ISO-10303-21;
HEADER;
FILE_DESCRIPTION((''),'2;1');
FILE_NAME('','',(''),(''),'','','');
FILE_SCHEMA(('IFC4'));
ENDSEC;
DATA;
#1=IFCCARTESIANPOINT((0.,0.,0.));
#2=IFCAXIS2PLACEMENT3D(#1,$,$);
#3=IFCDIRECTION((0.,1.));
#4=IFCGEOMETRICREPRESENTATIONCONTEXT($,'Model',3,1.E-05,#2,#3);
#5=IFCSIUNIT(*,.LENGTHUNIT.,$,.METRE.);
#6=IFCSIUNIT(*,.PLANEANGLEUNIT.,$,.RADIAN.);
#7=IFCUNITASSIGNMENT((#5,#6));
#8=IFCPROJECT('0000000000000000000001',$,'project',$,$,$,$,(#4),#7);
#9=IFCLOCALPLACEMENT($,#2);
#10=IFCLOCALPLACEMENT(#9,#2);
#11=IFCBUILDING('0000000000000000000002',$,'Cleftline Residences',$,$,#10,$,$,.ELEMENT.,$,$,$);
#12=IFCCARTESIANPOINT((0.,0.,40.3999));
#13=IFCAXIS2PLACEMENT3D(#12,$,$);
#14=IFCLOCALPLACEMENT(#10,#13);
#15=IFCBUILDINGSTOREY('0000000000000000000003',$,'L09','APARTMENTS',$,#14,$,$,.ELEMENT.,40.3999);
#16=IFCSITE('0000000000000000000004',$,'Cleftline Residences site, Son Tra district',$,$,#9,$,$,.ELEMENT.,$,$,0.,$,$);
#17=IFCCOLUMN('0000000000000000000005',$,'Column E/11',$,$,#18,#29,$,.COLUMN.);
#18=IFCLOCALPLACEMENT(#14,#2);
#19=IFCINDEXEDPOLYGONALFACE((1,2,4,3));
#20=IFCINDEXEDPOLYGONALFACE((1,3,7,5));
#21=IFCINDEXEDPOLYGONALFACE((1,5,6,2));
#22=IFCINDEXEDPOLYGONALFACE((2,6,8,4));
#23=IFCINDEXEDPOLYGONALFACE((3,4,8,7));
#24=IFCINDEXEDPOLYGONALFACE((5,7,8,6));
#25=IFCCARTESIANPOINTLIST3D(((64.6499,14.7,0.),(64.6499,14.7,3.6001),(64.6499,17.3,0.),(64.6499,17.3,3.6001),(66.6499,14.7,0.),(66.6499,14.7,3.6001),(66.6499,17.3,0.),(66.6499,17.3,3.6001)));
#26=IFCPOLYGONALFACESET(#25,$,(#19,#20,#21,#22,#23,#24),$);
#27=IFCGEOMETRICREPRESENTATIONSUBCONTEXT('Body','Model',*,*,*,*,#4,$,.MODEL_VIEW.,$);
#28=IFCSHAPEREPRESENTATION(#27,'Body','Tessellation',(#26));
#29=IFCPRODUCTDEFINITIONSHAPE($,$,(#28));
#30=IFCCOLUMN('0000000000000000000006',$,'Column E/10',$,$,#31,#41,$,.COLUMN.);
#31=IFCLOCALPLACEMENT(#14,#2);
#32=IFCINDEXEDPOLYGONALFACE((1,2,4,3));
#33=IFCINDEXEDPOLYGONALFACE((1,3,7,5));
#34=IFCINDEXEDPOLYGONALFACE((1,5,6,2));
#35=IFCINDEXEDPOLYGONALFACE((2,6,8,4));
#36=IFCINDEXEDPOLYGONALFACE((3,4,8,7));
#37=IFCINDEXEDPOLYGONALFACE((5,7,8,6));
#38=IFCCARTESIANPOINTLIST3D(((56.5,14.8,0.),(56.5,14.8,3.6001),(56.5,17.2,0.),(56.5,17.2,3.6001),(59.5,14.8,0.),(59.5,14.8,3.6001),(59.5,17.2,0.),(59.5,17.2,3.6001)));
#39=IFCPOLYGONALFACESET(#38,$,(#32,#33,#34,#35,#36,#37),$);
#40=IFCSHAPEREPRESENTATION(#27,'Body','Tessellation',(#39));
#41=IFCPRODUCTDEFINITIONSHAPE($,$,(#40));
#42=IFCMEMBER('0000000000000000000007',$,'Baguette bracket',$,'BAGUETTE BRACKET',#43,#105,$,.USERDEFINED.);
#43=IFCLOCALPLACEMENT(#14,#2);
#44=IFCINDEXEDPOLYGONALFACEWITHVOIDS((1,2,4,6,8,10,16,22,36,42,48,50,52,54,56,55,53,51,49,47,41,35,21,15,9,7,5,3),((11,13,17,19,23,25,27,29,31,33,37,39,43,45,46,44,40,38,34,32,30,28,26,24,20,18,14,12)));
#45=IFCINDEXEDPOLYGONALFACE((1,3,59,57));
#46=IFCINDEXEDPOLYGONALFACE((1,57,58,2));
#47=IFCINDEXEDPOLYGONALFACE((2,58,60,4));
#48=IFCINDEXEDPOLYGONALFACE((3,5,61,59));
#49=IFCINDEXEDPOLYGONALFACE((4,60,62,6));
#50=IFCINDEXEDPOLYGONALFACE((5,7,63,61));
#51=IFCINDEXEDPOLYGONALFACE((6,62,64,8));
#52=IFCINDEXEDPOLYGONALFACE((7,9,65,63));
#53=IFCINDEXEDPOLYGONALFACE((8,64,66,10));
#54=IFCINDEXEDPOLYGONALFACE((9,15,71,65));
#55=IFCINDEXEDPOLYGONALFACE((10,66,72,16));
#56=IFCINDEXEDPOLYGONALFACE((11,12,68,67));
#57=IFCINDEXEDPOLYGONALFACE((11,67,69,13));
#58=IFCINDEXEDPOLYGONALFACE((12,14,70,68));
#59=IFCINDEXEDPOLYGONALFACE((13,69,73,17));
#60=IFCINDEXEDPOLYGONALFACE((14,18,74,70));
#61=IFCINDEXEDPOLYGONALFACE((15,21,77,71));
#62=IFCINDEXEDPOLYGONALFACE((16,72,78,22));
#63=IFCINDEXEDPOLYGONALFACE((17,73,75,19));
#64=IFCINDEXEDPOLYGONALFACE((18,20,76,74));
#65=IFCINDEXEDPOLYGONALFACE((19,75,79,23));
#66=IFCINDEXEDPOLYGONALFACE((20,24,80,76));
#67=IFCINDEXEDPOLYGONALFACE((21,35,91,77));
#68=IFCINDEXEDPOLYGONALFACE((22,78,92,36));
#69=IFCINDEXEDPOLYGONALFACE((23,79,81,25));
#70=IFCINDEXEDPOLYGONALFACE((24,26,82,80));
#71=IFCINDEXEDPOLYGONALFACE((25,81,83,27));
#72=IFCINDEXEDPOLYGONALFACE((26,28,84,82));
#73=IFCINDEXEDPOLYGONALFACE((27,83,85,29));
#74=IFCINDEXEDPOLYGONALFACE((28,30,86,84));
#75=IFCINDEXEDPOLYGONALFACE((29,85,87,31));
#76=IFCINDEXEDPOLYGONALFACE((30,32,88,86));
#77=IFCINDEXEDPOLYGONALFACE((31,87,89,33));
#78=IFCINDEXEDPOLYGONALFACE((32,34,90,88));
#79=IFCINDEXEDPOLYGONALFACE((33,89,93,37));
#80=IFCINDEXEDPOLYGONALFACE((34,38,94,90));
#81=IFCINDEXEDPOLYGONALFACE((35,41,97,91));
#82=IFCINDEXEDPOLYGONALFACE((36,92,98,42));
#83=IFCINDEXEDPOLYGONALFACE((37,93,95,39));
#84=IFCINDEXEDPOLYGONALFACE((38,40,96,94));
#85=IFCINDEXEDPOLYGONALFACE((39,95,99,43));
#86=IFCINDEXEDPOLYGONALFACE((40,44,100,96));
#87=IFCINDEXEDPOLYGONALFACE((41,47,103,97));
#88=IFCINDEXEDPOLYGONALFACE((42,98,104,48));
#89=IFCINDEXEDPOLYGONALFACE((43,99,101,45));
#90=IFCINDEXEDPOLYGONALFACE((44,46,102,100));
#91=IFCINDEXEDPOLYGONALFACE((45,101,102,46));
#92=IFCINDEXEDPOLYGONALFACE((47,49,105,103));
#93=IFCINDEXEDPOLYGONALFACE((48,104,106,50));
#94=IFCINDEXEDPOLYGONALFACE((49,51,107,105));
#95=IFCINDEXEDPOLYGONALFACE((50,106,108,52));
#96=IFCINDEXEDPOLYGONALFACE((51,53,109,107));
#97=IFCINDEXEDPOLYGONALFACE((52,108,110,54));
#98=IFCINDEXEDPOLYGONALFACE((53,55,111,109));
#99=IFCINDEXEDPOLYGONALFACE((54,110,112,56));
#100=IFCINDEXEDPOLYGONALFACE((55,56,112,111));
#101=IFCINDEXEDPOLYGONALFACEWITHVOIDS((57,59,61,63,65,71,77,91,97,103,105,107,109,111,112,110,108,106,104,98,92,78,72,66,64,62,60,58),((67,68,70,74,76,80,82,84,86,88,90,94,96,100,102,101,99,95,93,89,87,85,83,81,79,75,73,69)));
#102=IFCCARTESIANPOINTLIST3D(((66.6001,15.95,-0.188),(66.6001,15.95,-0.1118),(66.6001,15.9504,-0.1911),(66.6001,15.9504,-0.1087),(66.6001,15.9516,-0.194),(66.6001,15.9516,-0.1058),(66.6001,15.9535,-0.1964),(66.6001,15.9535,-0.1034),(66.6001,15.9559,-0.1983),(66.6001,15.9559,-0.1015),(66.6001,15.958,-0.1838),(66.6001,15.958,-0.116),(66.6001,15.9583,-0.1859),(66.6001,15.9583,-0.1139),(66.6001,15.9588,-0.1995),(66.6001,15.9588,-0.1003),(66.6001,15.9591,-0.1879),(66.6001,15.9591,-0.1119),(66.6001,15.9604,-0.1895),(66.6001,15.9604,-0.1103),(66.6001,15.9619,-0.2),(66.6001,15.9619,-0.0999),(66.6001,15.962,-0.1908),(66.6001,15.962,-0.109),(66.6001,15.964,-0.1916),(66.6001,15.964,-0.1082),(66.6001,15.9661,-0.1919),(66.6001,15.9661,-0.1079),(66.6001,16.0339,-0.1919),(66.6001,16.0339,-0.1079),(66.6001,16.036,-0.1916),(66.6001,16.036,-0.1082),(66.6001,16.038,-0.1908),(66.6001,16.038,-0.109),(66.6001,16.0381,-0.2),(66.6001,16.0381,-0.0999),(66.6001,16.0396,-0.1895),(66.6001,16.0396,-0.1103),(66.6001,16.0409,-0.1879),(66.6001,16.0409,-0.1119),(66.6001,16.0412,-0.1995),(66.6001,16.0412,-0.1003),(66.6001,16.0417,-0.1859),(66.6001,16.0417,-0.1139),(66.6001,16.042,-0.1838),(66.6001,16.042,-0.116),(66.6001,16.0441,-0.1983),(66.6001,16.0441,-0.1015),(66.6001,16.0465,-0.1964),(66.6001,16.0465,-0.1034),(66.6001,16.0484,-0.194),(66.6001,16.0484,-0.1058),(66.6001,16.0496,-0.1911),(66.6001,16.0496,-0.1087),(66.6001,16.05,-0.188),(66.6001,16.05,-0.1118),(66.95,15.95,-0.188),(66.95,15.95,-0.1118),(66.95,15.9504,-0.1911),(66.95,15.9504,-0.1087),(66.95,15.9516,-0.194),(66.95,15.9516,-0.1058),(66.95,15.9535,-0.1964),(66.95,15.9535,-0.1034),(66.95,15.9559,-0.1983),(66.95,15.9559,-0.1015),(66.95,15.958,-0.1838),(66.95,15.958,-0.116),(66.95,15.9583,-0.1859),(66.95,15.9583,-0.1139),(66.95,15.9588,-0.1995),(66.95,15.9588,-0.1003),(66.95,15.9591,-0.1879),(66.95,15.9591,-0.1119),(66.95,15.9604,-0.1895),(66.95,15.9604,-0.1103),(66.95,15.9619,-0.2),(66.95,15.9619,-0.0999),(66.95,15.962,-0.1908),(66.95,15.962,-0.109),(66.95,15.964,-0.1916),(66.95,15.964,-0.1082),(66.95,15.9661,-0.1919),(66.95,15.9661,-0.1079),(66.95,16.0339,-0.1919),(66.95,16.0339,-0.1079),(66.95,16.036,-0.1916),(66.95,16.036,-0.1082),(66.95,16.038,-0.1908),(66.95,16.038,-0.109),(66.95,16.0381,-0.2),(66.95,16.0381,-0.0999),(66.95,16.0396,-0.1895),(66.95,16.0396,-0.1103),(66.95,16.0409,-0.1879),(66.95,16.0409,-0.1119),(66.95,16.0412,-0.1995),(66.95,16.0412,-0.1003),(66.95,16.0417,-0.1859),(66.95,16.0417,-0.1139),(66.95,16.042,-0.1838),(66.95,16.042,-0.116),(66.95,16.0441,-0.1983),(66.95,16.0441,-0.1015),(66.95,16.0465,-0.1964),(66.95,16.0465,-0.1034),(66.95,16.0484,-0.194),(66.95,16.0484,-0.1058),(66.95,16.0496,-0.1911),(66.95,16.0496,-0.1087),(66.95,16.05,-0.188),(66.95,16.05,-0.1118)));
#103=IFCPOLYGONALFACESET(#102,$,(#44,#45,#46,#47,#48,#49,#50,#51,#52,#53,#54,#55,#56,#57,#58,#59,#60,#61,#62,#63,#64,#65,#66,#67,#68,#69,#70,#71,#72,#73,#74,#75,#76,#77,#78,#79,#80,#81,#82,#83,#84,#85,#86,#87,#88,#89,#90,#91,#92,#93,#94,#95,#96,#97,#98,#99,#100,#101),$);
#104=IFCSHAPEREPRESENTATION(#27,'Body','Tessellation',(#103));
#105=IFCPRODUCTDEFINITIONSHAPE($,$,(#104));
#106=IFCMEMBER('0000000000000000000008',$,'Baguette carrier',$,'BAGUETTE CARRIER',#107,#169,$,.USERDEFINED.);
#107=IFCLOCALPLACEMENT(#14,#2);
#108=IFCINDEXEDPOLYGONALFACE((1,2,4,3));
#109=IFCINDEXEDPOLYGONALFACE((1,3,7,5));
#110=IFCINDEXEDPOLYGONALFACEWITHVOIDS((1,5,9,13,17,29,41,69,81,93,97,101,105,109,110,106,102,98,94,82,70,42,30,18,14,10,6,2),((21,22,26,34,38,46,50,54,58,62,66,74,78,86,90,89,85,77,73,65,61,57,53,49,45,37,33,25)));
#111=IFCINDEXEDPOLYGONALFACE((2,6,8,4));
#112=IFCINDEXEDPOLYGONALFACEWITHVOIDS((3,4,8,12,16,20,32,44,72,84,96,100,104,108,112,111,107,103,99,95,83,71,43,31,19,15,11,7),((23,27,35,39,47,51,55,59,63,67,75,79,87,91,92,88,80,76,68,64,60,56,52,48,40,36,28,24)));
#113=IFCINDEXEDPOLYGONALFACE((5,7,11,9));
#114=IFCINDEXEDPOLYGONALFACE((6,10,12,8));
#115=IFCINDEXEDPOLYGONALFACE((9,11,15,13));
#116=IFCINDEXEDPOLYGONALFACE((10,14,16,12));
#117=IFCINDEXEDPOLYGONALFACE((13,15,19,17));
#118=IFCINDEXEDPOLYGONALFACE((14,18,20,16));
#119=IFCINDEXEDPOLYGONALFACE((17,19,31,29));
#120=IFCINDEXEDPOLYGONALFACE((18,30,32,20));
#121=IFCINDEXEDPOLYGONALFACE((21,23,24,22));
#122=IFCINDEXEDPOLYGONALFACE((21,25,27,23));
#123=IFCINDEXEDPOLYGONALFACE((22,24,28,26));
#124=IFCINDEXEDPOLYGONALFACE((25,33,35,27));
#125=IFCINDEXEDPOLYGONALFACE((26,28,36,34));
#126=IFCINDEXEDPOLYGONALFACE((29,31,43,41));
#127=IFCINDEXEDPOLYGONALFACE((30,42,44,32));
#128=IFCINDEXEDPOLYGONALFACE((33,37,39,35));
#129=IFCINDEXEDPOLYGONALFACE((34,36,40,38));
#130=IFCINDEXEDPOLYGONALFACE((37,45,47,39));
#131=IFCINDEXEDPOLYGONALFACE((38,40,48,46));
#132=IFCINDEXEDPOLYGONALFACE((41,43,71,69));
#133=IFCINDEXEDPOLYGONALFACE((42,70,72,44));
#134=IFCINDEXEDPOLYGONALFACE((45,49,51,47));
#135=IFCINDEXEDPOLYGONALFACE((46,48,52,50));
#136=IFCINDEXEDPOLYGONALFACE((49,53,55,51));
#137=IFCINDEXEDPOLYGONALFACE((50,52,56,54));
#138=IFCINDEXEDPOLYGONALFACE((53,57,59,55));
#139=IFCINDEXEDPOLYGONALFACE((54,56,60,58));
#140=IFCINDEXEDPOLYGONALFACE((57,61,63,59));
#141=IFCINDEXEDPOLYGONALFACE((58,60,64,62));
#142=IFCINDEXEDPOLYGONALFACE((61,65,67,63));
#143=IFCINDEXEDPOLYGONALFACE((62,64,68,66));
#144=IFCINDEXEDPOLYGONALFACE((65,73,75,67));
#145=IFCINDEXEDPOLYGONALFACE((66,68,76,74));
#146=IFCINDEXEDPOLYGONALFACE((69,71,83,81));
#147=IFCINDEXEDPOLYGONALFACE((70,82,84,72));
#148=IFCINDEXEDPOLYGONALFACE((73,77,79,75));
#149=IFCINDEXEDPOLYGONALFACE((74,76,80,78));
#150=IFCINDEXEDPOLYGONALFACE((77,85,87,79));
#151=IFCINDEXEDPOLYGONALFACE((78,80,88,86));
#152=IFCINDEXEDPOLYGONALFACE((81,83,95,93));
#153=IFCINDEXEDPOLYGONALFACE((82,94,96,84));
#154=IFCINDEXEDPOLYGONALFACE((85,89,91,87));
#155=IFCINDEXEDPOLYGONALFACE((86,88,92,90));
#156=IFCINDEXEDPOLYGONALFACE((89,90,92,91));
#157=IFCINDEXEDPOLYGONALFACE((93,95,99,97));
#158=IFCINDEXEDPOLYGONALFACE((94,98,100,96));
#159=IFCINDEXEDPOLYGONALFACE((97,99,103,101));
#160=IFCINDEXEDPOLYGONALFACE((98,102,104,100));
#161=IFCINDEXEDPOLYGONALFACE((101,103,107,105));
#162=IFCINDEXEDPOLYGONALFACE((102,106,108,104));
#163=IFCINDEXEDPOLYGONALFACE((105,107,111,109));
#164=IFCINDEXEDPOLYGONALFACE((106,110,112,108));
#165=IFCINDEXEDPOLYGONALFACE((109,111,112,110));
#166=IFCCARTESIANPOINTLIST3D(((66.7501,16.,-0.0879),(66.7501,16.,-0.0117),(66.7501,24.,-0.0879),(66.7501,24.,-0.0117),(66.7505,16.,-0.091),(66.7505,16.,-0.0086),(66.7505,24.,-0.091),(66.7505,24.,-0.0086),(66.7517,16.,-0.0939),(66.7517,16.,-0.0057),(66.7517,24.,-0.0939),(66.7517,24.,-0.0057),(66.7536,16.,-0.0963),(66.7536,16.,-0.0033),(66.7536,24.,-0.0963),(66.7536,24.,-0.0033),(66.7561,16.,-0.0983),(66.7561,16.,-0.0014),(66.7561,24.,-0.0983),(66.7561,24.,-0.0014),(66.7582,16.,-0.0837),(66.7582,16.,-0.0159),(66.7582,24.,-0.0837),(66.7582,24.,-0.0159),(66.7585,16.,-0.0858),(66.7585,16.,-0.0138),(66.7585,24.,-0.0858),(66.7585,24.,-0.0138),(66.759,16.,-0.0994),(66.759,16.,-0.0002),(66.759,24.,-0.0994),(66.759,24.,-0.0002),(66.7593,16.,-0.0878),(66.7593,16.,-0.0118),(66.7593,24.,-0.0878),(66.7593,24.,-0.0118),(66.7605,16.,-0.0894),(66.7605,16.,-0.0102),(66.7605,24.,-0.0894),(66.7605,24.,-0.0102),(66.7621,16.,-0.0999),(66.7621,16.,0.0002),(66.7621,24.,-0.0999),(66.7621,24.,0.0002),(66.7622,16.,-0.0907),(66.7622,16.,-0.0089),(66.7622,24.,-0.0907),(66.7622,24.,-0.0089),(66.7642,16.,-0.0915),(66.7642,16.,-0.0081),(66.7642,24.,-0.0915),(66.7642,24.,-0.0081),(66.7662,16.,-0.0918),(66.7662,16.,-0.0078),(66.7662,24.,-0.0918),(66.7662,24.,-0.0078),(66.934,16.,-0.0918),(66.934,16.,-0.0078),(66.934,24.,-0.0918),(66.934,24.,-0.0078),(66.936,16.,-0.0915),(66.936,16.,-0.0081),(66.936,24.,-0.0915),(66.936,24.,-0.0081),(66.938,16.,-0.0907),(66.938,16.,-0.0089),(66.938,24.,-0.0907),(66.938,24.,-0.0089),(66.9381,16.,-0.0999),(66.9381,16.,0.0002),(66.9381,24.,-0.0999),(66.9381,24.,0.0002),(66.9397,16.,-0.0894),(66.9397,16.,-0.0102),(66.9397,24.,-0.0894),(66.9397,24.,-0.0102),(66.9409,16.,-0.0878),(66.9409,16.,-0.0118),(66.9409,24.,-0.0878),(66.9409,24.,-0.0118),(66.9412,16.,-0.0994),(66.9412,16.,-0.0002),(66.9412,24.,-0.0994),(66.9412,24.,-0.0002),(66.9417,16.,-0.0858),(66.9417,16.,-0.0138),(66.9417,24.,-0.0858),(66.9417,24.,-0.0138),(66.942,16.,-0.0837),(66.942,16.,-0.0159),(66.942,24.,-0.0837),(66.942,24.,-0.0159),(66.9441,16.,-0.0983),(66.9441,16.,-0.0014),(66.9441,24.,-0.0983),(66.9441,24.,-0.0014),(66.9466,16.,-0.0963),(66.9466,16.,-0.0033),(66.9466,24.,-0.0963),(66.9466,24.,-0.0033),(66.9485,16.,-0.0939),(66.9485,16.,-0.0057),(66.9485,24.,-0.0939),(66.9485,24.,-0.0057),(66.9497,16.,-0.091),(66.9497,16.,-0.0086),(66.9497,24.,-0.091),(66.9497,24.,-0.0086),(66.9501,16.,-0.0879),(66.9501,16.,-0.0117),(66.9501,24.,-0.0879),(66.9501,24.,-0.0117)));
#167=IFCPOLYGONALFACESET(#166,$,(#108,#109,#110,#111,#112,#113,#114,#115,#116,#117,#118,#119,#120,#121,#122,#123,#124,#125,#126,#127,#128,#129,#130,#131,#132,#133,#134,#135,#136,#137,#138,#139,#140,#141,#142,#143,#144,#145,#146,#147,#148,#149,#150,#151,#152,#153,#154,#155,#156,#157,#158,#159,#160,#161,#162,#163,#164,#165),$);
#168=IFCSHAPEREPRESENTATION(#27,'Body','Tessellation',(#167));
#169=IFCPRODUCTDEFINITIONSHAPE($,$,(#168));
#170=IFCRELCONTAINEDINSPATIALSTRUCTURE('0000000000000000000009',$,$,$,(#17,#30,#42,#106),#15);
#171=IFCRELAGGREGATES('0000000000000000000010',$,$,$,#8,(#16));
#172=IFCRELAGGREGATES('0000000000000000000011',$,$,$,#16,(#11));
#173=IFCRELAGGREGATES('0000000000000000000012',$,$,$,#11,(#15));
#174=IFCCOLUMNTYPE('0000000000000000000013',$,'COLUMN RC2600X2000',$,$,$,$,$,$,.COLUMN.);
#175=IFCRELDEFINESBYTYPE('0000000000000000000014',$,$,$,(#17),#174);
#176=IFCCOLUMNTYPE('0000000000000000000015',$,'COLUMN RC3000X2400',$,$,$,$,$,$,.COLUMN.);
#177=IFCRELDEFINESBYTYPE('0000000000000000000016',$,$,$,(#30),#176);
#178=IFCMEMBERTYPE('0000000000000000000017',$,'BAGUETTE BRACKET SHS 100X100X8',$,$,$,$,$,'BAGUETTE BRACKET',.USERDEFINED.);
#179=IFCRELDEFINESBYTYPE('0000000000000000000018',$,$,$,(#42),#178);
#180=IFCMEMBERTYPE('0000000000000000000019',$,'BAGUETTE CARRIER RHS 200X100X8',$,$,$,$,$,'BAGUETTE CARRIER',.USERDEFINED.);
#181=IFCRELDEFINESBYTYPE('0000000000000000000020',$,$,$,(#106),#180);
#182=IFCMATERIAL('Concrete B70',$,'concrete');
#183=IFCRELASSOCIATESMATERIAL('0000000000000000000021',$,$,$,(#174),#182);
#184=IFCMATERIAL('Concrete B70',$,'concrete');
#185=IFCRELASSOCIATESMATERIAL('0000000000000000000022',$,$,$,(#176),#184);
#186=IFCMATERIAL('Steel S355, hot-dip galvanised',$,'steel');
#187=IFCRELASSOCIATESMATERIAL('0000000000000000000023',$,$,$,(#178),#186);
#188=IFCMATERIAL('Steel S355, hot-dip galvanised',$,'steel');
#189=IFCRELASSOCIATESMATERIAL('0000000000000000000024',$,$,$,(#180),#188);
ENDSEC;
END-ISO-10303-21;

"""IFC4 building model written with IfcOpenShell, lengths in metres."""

from ifc_helpers import new_model, si_unit, direction, frame, origin, origin_2d, place, context, subcontext, project, spatial, rectangle, hollow_rectangle, extrude, material, material_profile, profile_set, type_object, element, save


model = new_model("IFC4")

# Units and contexts
model_context = context("Model", 3, precision=1e-05, world=origin(), true_north=direction((0.0, 1.0)))
body_context = subcontext(model_context, "Body", "Model", "MODEL_VIEW")
ifc_project = project(units=[si_unit("LENGTHUNIT", "METRE"), si_unit("PLANEANGLEUNIT", "RADIAN")], contexts=[model_context])

# Site, building, storey
site_placement = place(None, origin())
site = spatial("IfcSite", under=ifc_project, at=site_placement, Name="Cleftline Residences site, Son Tra district", CompositionType="ELEMENT", RefElevation=0.0)
building_placement = place(site_placement, origin())
building = spatial("IfcBuilding", under=site, at=building_placement, Name="Cleftline Residences", CompositionType="ELEMENT")
storey_placement = place(building_placement, frame((0.0, 0.0, 40.3999)))
storey = spatial("IfcBuildingStorey", under=building, at=storey_placement, Name="L09", Description="APARTMENTS", CompositionType="ELEMENT", Elevation=40.3999)

# Columns
ifc_material_1 = material(Name="Concrete B70", Category="concrete")
ifc_material_profile_1 = material_profile(ifc_material_1, rectangle(XDim=2.6001, YDim=2.0, at=origin_2d()))
ifc_profile_set_1 = profile_set([ifc_material_profile_1], Name="Concrete B70")
column_type_1 = type_object("IfcColumnType", Name="COLUMN RC2600X2000", PredefinedType="COLUMN", material=ifc_profile_set_1)
column_1_placement = place(storey_placement, frame((65.6499, 16.0, 0.0), z_axis=(0.0, 0.0, 1.0), x_axis=(0.0, 1.0, 0.0)))
element("IfcColumn", 1, at=column_1_placement, inside=storey, type_object=column_type_1, Name="Column E/11", PredefinedType="COLUMN", context=body_context, shape_type="SweptSolid", body=[
    extrude(rectangle(XDim=2.6001, YDim=2.0, at=origin_2d()), origin(), (0.0, 0.0, 1.0), 3.6001),
])
ifc_material_2 = material(Name="Concrete B70", Category="concrete")
ifc_material_profile_2 = material_profile(ifc_material_2, rectangle(XDim=3.0, YDim=2.3999, at=origin_2d()))
ifc_profile_set_2 = profile_set([ifc_material_profile_2], Name="Concrete B70")
column_type_2 = type_object("IfcColumnType", Name="COLUMN RC3000X2400", PredefinedType="COLUMN", material=ifc_profile_set_2)
column_2_placement = place(storey_placement, frame((58.0, 16.0, 0.0), z_axis=(0.0, 0.0, 1.0), x_axis=(1.0, 0.0, 0.0)))
element("IfcColumn", 2, at=column_2_placement, inside=storey, type_object=column_type_2, Name="Column E/10", PredefinedType="COLUMN", context=body_context, shape_type="SweptSolid", body=[
    extrude(rectangle(XDim=3.0, YDim=2.3999, at=origin_2d()), origin(), (0.0, 0.0, 1.0), 3.6001),
])

# Members
ifc_material_3 = material(Name="Steel S355, hot-dip galvanised", Category="steel")
ifc_material_profile_3 = material_profile(ifc_material_3, hollow_rectangle(XDim=0.1001, YDim=0.1001, WallThickness=0.0081, InnerFilletRadius=0.0081, OuterFilletRadius=0.012, at=origin_2d()))
ifc_profile_set_3 = profile_set([ifc_material_profile_3], Name="Steel S355, hot-dip galvanised")
member_type_1 = type_object("IfcMemberType", Name="BAGUETTE BRACKET SHS 100X100X8", ElementType="BAGUETTE BRACKET", PredefinedType="USERDEFINED", material=ifc_profile_set_3)
member_1_placement = place(storey_placement, frame((66.6001, 16.0, -0.1499), z_axis=(1.0, 0.0, 0.0), x_axis=(0.0, 1.0, 0.0)))
element("IfcMember", 3, at=member_1_placement, inside=storey, type_object=member_type_1, Name="Baguette bracket", ObjectType="BAGUETTE BRACKET", PredefinedType="USERDEFINED", context=body_context, shape_type="SweptSolid", body=[
    extrude(hollow_rectangle(XDim=0.1001, YDim=0.1001, WallThickness=0.0081, InnerFilletRadius=0.0081, OuterFilletRadius=0.012, at=origin_2d()), origin(), (0.0, 0.0, 1.0), 0.3499),
])
ifc_material_4 = material(Name="Steel S355, hot-dip galvanised", Category="steel")
ifc_material_profile_4 = material_profile(ifc_material_4, hollow_rectangle(XDim=0.1001, YDim=0.2, WallThickness=0.0081, InnerFilletRadius=0.0081, OuterFilletRadius=0.012, at=origin_2d()))
ifc_profile_set_4 = profile_set([ifc_material_profile_4], Name="Steel S355, hot-dip galvanised")
member_type_2 = type_object("IfcMemberType", Name="BAGUETTE CARRIER RHS 200X100X8", ElementType="BAGUETTE CARRIER", PredefinedType="USERDEFINED", material=ifc_profile_set_4)
member_2_placement = place(storey_placement, frame((66.8501, 16.0, -0.0498), z_axis=(0.0, 1.0, 0.0), x_axis=(0.0, 0.0, 1.0)))
element("IfcMember", 4, at=member_2_placement, inside=storey, type_object=member_type_2, Name="Baguette carrier", ObjectType="BAGUETTE CARRIER", PredefinedType="USERDEFINED", context=body_context, shape_type="SweptSolid", body=[
    extrude(hollow_rectangle(XDim=0.1001, YDim=0.2, WallThickness=0.0081, InnerFilletRadius=0.0081, OuterFilletRadius=0.012, at=origin_2d()), origin(), (0.0, 0.0, 1.0), 8.0),
])

save(model, "model.ifc")
